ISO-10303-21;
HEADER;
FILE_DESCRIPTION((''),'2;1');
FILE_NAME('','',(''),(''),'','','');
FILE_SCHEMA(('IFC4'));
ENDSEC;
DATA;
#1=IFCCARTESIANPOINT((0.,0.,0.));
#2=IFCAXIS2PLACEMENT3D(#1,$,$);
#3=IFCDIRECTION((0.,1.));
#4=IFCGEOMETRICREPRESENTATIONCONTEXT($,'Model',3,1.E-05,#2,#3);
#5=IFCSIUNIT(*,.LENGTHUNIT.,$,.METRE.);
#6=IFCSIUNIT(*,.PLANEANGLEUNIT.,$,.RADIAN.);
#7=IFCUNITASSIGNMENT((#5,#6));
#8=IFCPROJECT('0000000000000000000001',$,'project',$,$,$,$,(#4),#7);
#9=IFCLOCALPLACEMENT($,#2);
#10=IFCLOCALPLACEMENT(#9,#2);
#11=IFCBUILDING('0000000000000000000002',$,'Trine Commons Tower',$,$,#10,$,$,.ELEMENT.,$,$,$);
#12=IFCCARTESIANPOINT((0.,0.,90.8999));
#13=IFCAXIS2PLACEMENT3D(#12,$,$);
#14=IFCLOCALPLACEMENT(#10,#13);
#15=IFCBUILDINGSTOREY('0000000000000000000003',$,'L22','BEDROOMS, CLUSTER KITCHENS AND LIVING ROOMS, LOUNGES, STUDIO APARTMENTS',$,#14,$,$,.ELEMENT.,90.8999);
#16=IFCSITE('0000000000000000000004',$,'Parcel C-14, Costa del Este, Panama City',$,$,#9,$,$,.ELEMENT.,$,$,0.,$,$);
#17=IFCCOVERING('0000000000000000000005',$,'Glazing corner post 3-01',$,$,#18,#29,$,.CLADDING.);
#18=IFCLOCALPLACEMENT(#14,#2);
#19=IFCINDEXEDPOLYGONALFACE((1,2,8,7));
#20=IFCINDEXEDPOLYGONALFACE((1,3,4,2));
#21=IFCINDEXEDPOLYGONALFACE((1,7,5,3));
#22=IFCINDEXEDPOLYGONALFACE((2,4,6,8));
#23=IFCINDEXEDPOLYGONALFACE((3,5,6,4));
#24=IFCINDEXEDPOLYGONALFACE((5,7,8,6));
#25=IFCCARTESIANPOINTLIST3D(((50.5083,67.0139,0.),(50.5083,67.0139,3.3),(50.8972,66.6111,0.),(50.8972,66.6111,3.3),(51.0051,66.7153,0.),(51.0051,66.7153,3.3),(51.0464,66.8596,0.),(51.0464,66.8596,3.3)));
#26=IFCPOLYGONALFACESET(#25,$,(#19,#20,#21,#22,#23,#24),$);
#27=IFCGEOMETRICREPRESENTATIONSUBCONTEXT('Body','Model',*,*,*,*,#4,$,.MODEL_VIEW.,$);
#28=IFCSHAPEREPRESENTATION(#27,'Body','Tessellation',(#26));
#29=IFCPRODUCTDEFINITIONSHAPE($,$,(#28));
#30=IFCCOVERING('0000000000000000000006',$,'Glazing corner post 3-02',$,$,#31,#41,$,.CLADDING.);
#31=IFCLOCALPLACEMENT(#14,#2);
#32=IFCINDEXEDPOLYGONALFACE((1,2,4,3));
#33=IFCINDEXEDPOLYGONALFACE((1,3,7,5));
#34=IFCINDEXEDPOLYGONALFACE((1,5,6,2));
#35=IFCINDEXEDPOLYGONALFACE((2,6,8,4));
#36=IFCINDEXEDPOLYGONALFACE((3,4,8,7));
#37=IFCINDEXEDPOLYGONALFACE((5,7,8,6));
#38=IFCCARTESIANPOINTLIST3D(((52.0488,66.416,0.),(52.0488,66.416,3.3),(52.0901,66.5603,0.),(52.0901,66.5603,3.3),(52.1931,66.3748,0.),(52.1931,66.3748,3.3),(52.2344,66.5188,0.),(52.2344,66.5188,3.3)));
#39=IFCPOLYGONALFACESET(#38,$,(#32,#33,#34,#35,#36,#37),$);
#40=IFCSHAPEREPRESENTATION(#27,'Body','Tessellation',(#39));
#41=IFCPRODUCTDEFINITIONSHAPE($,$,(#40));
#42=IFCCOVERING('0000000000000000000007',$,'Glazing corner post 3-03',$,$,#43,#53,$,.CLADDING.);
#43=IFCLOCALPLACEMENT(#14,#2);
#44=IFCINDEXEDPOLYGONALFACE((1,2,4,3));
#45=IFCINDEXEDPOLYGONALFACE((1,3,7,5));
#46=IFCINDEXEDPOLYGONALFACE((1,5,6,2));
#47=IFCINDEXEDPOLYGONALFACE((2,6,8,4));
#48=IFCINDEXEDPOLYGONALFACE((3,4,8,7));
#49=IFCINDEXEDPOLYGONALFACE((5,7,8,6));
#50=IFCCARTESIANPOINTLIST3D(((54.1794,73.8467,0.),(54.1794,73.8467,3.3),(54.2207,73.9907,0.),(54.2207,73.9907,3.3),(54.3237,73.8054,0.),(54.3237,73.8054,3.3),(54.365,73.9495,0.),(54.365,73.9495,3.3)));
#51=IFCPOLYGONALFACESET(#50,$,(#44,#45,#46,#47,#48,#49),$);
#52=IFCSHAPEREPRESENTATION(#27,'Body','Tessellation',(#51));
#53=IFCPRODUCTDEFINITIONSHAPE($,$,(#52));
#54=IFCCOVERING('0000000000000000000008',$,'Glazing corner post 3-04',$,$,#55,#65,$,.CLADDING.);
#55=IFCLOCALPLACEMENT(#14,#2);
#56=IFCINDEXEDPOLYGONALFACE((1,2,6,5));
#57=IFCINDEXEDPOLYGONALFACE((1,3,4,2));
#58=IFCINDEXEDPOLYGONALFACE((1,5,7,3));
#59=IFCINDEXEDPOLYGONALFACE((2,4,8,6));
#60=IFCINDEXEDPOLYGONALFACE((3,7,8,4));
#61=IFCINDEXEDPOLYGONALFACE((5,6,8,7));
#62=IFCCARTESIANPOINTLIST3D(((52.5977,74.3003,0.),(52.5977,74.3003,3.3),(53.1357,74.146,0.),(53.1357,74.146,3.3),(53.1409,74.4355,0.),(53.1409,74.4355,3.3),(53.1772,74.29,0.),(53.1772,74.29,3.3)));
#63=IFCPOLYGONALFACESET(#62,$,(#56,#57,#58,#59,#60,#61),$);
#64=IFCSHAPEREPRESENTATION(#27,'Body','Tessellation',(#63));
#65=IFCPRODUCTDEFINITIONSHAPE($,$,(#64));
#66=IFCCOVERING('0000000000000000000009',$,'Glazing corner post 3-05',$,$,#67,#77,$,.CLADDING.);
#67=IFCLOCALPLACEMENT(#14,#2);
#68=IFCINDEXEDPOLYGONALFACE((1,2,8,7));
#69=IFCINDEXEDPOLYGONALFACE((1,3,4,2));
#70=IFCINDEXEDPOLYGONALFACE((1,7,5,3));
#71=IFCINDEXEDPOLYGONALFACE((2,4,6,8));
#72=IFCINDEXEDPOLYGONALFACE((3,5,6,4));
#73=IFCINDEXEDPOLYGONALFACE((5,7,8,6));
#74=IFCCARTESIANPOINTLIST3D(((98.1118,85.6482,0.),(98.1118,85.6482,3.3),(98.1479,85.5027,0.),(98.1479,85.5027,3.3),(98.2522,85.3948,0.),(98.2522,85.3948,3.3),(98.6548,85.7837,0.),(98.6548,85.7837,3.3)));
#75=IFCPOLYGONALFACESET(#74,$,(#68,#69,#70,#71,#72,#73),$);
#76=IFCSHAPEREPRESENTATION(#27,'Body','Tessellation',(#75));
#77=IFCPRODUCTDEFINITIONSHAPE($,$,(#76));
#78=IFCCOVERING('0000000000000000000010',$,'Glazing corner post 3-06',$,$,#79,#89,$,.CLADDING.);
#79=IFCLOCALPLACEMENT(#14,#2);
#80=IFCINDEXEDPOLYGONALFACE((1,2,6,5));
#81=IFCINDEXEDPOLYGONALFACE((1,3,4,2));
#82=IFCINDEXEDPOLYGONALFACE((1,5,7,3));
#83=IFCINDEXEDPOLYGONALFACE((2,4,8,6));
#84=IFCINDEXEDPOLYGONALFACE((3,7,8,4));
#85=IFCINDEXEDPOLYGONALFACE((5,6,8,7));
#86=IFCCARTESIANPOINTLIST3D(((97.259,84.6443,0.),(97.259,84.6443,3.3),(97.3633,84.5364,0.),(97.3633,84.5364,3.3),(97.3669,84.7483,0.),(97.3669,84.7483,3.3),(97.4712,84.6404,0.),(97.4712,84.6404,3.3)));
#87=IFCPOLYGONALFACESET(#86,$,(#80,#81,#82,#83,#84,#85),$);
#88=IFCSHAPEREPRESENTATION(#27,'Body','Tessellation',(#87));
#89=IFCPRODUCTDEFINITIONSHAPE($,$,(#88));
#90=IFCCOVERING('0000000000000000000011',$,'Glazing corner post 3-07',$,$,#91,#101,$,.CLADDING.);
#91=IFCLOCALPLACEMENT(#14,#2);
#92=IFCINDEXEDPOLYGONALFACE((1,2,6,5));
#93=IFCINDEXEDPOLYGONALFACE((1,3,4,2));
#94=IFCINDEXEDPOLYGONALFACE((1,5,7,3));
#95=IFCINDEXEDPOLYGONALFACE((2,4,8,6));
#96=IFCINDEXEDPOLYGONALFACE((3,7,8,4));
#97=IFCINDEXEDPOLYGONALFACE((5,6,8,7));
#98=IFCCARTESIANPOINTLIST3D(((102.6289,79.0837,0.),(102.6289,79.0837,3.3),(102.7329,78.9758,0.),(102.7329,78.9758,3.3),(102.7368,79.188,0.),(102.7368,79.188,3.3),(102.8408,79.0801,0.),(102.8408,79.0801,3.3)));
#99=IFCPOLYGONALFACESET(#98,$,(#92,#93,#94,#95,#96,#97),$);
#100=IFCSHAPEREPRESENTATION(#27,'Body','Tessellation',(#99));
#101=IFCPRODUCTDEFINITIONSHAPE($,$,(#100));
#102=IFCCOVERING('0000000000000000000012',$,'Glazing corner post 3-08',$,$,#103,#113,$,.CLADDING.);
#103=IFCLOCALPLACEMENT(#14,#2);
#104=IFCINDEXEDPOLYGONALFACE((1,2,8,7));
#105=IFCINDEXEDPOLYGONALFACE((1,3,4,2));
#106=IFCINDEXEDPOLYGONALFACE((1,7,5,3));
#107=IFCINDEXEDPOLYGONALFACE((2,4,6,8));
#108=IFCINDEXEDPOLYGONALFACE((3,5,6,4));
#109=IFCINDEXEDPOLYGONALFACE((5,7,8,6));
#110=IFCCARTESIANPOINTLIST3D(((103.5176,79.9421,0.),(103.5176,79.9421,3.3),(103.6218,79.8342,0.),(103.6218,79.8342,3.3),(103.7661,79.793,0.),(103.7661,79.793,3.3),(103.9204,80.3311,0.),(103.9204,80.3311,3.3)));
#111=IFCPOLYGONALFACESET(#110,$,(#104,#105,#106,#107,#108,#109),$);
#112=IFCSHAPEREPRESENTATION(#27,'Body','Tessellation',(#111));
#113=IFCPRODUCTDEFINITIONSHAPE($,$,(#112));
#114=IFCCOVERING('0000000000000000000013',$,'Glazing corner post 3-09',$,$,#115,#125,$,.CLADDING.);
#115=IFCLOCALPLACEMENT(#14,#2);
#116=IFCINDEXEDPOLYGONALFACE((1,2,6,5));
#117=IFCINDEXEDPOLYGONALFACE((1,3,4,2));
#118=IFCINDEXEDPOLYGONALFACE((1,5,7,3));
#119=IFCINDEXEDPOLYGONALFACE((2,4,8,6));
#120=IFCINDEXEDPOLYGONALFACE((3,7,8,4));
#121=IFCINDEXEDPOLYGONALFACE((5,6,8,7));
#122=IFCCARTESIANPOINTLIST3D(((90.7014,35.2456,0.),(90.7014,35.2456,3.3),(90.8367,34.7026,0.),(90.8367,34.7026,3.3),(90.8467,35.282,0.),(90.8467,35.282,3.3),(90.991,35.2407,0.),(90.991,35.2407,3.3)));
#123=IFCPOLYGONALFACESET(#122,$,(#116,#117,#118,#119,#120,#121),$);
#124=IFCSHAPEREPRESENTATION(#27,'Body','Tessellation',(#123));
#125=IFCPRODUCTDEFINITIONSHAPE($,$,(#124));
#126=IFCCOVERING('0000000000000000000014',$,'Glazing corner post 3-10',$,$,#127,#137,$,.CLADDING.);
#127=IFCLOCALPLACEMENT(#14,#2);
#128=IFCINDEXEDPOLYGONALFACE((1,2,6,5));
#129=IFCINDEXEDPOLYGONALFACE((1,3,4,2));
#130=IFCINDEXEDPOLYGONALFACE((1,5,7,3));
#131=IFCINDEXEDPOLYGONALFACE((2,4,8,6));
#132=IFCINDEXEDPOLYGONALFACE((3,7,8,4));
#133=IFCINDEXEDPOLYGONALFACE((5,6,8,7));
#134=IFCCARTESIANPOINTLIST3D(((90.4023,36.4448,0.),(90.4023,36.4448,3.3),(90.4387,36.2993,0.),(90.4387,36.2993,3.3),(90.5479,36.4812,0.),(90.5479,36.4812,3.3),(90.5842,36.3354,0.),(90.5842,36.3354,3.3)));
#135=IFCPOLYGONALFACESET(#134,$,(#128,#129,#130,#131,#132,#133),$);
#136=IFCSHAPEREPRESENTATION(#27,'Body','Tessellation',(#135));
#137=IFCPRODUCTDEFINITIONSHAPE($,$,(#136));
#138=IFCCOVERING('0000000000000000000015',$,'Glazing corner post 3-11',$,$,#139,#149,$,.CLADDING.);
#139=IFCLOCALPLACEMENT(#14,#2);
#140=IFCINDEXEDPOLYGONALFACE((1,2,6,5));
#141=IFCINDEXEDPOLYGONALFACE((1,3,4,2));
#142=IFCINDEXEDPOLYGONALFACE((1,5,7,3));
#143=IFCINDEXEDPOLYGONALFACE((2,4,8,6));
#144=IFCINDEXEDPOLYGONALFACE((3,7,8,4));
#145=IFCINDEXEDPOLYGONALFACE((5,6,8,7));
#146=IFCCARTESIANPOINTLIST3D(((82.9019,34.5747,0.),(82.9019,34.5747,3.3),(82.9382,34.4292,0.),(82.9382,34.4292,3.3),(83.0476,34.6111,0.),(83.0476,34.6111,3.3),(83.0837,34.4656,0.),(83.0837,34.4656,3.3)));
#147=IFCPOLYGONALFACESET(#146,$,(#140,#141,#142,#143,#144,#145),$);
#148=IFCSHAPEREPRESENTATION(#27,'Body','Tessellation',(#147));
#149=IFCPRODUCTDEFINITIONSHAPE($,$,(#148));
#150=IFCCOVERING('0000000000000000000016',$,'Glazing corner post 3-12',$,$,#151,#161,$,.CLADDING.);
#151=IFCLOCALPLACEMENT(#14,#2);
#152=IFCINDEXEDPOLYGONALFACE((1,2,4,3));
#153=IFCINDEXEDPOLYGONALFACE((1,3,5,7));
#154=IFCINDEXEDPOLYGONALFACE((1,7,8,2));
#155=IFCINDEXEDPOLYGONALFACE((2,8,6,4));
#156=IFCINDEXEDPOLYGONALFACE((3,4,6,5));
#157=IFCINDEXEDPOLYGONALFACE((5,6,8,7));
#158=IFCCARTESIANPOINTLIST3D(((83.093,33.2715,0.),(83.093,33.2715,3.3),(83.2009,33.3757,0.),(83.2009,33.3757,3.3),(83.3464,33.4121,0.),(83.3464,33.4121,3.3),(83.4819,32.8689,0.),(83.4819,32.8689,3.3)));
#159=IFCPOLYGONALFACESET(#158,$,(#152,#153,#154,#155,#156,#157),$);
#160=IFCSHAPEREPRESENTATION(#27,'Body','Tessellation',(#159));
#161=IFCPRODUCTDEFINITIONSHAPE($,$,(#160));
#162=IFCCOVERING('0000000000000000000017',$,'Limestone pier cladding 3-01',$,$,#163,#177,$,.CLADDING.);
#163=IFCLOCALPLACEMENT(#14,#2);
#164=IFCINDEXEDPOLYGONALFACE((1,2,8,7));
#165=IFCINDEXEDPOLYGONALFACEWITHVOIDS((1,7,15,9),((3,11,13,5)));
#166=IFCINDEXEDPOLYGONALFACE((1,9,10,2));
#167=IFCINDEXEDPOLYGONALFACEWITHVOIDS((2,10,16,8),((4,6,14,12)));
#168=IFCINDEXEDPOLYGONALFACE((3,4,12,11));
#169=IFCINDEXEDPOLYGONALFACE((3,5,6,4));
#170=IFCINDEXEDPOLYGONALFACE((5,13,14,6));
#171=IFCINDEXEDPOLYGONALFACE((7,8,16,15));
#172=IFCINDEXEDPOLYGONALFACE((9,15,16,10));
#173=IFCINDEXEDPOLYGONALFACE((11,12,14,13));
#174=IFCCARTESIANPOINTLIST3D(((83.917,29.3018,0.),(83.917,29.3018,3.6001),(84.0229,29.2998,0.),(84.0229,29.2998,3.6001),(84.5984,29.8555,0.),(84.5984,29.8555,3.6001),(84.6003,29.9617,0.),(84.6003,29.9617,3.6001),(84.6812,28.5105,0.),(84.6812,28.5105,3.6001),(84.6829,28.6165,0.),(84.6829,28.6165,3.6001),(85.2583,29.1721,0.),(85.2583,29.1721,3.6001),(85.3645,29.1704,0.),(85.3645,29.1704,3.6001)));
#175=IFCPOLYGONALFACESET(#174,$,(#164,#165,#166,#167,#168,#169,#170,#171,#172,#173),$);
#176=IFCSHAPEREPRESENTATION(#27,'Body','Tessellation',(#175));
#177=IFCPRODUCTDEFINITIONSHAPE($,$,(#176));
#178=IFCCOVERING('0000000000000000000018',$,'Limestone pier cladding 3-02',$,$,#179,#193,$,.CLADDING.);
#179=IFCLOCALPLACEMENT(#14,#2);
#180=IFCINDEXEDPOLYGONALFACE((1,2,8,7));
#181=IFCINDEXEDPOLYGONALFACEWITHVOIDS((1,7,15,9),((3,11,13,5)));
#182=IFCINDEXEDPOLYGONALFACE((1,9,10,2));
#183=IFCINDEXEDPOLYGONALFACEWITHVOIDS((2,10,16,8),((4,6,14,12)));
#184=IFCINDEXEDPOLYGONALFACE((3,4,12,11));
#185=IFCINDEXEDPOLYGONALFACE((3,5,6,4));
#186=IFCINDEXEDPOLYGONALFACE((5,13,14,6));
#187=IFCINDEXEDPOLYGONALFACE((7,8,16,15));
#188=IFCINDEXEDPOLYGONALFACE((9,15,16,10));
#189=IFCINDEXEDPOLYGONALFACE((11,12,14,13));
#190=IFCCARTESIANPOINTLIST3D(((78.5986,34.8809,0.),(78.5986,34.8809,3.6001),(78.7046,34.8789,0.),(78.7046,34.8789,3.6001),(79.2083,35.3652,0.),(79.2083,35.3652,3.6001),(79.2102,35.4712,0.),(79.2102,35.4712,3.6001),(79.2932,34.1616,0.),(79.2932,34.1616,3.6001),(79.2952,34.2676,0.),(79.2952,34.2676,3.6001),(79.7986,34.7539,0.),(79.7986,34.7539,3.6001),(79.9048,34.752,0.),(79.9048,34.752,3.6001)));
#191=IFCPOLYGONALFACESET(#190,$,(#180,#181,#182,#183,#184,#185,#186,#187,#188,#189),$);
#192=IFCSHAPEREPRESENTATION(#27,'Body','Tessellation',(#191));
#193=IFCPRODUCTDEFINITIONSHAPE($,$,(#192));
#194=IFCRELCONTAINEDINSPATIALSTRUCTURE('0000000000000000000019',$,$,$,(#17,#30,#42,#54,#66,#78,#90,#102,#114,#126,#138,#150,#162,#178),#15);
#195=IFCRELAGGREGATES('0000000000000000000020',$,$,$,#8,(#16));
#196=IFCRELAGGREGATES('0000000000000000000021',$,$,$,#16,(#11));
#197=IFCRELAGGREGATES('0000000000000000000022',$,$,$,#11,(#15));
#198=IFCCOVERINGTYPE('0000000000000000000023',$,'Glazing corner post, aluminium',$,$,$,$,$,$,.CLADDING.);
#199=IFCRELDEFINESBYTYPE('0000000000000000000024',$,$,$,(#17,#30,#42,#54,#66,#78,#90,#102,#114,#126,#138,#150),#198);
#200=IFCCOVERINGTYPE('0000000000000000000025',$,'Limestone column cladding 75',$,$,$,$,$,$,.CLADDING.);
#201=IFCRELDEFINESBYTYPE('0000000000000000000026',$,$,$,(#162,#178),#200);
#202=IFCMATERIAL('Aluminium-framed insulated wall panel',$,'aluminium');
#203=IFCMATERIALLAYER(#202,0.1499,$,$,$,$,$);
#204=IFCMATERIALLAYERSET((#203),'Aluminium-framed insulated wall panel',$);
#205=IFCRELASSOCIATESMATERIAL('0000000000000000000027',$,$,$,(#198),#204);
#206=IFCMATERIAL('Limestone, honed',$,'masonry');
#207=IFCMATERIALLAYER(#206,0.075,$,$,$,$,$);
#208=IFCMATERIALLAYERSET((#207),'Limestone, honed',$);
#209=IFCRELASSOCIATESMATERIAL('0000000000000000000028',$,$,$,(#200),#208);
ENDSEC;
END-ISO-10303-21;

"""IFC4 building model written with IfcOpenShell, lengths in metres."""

from ifc_helpers import new_model, si_unit, direction, frame, origin, place, context, subcontext, project, spatial, polyline, outline, extrude, material, layer, layer_set, type_object, element, save


model = new_model("IFC4")

# Units and contexts
model_context = context("Model", 3, precision=1e-05, world=origin(), true_north=direction((0.0, 1.0)))
body_context = subcontext(model_context, "Body", "Model", "MODEL_VIEW")
ifc_project = project(units=[si_unit("LENGTHUNIT", "METRE"), si_unit("PLANEANGLEUNIT", "RADIAN")], contexts=[model_context])

# Site, building, storey
site_placement = place(None, origin())
site = spatial("IfcSite", under=ifc_project, at=site_placement, Name="Parcel C-14, Costa del Este, Panama City", CompositionType="ELEMENT", RefElevation=0.0)
building_placement = place(site_placement, origin())
building = spatial("IfcBuilding", under=site, at=building_placement, Name="Trine Commons Tower", CompositionType="ELEMENT")
storey_placement = place(building_placement, frame((0.0, 0.0, 90.8999)))
storey = spatial("IfcBuildingStorey", under=building, at=storey_placement, Name="L22", Description="BEDROOMS, CLUSTER KITCHENS AND LIVING ROOMS, LOUNGES, STUDIO APARTMENTS", CompositionType="ELEMENT", Elevation=90.8999)

# Coverings
ifc_material_1 = material(Name="Aluminium-framed insulated wall panel", Category="aluminium")
ifc_layer_1 = layer(ifc_material_1, 0.1499)
ifc_layer_set_1 = layer_set([ifc_layer_1], Name="Aluminium-framed insulated wall panel")
covering_type_1 = type_object("IfcCoveringType", Name="Glazing corner post, aluminium", PredefinedType="CLADDING", material=ifc_layer_set_1)
covering_1_placement = place(storey_placement, origin())
element("IfcCovering", 1, at=covering_1_placement, inside=storey, type_object=covering_type_1, Name="Glazing corner post 3-01", PredefinedType="CLADDING", context=body_context, shape_type="SweptSolid", body=[
    extrude(outline(polyline([(50.8972, 66.6111), (51.0051, 66.7153), (51.0464, 66.8596), (50.5083, 67.0139), (50.8972, 66.6111)])), origin(), (0.0, 0.0, 1.0), 3.3),
])
covering_2_placement = place(storey_placement, origin())
element("IfcCovering", 2, at=covering_2_placement, inside=storey, type_object=covering_type_1, Name="Glazing corner post 3-02", PredefinedType="CLADDING", context=body_context, shape_type="SweptSolid", body=[
    extrude(outline(polyline([(52.0488, 66.416), (52.1931, 66.3748), (52.2344, 66.5188), (52.0901, 66.5603), (52.0488, 66.416)])), origin(), (0.0, 0.0, 1.0), 3.3),
])
covering_3_placement = place(storey_placement, origin())
element("IfcCovering", 3, at=covering_3_placement, inside=storey, type_object=covering_type_1, Name="Glazing corner post 3-03", PredefinedType="CLADDING", context=body_context, shape_type="SweptSolid", body=[
    extrude(outline(polyline([(54.3237, 73.8054), (54.365, 73.9495), (54.2207, 73.9907), (54.1794, 73.8467), (54.3237, 73.8054)])), origin(), (0.0, 0.0, 1.0), 3.3),
])
covering_4_placement = place(storey_placement, origin())
element("IfcCovering", 4, at=covering_4_placement, inside=storey, type_object=covering_type_1, Name="Glazing corner post 3-04", PredefinedType="CLADDING", context=body_context, shape_type="SweptSolid", body=[
    extrude(outline(polyline([(53.1357, 74.146), (53.1772, 74.29), (53.1409, 74.4355), (52.5977, 74.3003), (53.1357, 74.146)])), origin(), (0.0, 0.0, 1.0), 3.3),
])
covering_5_placement = place(storey_placement, origin())
element("IfcCovering", 5, at=covering_5_placement, inside=storey, type_object=covering_type_1, Name="Glazing corner post 3-05", PredefinedType="CLADDING", context=body_context, shape_type="SweptSolid", body=[
    extrude(outline(polyline([(98.2522, 85.3948), (98.6548, 85.7837), (98.1118, 85.6482), (98.1479, 85.5027), (98.2522, 85.3948)])), origin(), (0.0, 0.0, 1.0), 3.3),
])
covering_6_placement = place(storey_placement, origin())
element("IfcCovering", 6, at=covering_6_placement, inside=storey, type_object=covering_type_1, Name="Glazing corner post 3-06", PredefinedType="CLADDING", context=body_context, shape_type="SweptSolid", body=[
    extrude(outline(polyline([(97.3633, 84.5364), (97.4712, 84.6404), (97.4712, 84.6404), (97.3669, 84.7483), (97.259, 84.6443), (97.3633, 84.5364)])), origin(), (0.0, 0.0, 1.0), 3.3),
])
covering_7_placement = place(storey_placement, origin())
element("IfcCovering", 7, at=covering_7_placement, inside=storey, type_object=covering_type_1, Name="Glazing corner post 3-07", PredefinedType="CLADDING", context=body_context, shape_type="SweptSolid", body=[
    extrude(outline(polyline([(102.6289, 79.0837), (102.7329, 78.9758), (102.8408, 79.0801), (102.7368, 79.188), (102.7368, 79.188), (102.6289, 79.0837)])), origin(), (0.0, 0.0, 1.0), 3.3),
])
covering_8_placement = place(storey_placement, origin())
element("IfcCovering", 8, at=covering_8_placement, inside=storey, type_object=covering_type_1, Name="Glazing corner post 3-08", PredefinedType="CLADDING", context=body_context, shape_type="SweptSolid", body=[
    extrude(outline(polyline([(103.7661, 79.793), (103.9204, 80.3311), (103.5176, 79.9421), (103.6218, 79.8342), (103.7661, 79.793)])), origin(), (0.0, 0.0, 1.0), 3.3),
])
covering_9_placement = place(storey_placement, origin())
element("IfcCovering", 9, at=covering_9_placement, inside=storey, type_object=covering_type_1, Name="Glazing corner post 3-09", PredefinedType="CLADDING", context=body_context, shape_type="SweptSolid", body=[
    extrude(outline(polyline([(90.7014, 35.2456), (90.8367, 34.7026), (90.991, 35.2407), (90.8467, 35.282), (90.7014, 35.2456)])), origin(), (0.0, 0.0, 1.0), 3.3),
])
covering_10_placement = place(storey_placement, origin())
element("IfcCovering", 10, at=covering_10_placement, inside=storey, type_object=covering_type_1, Name="Glazing corner post 3-10", PredefinedType="CLADDING", context=body_context, shape_type="SweptSolid", body=[
    extrude(outline(polyline([(90.4023, 36.4448), (90.4387, 36.2993), (90.5842, 36.3354), (90.5479, 36.4812), (90.4023, 36.4448)])), origin(), (0.0, 0.0, 1.0), 3.3),
])
covering_11_placement = place(storey_placement, origin())
element("IfcCovering", 11, at=covering_11_placement, inside=storey, type_object=covering_type_1, Name="Glazing corner post 3-11", PredefinedType="CLADDING", context=body_context, shape_type="SweptSolid", body=[
    extrude(outline(polyline([(82.9382, 34.4292), (83.0837, 34.4656), (83.0476, 34.6111), (82.9019, 34.5747), (82.9382, 34.4292)])), origin(), (0.0, 0.0, 1.0), 3.3),
])
covering_12_placement = place(storey_placement, origin())
element("IfcCovering", 12, at=covering_12_placement, inside=storey, type_object=covering_type_1, Name="Glazing corner post 3-12", PredefinedType="CLADDING", context=body_context, shape_type="SweptSolid", body=[
    extrude(outline(polyline([(83.093, 33.2715), (83.4819, 32.8689), (83.3464, 33.4121), (83.2009, 33.3757), (83.093, 33.2715)])), origin(), (0.0, 0.0, 1.0), 3.3),
])
ifc_material_2 = material(Name="Limestone, honed", Category="masonry")
ifc_layer_2 = layer(ifc_material_2, 0.075)
ifc_layer_set_2 = layer_set([ifc_layer_2], Name="Limestone, honed")
covering_type_2 = type_object("IfcCoveringType", Name="Limestone column cladding 75", PredefinedType="CLADDING", material=ifc_layer_set_2)
covering_13_placement = place(storey_placement, origin())
element("IfcCovering", 13, at=covering_13_placement, inside=storey, type_object=covering_type_2, Name="Limestone pier cladding 3-01", PredefinedType="CLADDING", context=body_context, shape_type="SweptSolid", body=[
    extrude(outline(polyline([(84.6003, 29.9617), (83.917, 29.3018), (84.6812, 28.5105), (85.3645, 29.1704), (84.6003, 29.9617)]), holes=[polyline([(84.5984, 29.8555), (84.0229, 29.2998), (84.6829, 28.6165), (85.2583, 29.1721), (84.5984, 29.8555)])]), origin(), (0.0, 0.0, 1.0), 3.6001),
])
covering_14_placement = place(storey_placement, origin())
element("IfcCovering", 14, at=covering_14_placement, inside=storey, type_object=covering_type_2, Name="Limestone pier cladding 3-02", PredefinedType="CLADDING", context=body_context, shape_type="SweptSolid", body=[
    extrude(outline(polyline([(79.2102, 35.4712), (78.5986, 34.8809), (79.2932, 34.1616), (79.9048, 34.752), (79.2102, 35.4712)]), holes=[polyline([(79.2083, 35.3652), (78.7046, 34.8789), (79.2952, 34.2676), (79.7986, 34.7539), (79.2083, 35.3652)])]), origin(), (0.0, 0.0, 1.0), 3.6001),
])

save(model, "model.ifc")
